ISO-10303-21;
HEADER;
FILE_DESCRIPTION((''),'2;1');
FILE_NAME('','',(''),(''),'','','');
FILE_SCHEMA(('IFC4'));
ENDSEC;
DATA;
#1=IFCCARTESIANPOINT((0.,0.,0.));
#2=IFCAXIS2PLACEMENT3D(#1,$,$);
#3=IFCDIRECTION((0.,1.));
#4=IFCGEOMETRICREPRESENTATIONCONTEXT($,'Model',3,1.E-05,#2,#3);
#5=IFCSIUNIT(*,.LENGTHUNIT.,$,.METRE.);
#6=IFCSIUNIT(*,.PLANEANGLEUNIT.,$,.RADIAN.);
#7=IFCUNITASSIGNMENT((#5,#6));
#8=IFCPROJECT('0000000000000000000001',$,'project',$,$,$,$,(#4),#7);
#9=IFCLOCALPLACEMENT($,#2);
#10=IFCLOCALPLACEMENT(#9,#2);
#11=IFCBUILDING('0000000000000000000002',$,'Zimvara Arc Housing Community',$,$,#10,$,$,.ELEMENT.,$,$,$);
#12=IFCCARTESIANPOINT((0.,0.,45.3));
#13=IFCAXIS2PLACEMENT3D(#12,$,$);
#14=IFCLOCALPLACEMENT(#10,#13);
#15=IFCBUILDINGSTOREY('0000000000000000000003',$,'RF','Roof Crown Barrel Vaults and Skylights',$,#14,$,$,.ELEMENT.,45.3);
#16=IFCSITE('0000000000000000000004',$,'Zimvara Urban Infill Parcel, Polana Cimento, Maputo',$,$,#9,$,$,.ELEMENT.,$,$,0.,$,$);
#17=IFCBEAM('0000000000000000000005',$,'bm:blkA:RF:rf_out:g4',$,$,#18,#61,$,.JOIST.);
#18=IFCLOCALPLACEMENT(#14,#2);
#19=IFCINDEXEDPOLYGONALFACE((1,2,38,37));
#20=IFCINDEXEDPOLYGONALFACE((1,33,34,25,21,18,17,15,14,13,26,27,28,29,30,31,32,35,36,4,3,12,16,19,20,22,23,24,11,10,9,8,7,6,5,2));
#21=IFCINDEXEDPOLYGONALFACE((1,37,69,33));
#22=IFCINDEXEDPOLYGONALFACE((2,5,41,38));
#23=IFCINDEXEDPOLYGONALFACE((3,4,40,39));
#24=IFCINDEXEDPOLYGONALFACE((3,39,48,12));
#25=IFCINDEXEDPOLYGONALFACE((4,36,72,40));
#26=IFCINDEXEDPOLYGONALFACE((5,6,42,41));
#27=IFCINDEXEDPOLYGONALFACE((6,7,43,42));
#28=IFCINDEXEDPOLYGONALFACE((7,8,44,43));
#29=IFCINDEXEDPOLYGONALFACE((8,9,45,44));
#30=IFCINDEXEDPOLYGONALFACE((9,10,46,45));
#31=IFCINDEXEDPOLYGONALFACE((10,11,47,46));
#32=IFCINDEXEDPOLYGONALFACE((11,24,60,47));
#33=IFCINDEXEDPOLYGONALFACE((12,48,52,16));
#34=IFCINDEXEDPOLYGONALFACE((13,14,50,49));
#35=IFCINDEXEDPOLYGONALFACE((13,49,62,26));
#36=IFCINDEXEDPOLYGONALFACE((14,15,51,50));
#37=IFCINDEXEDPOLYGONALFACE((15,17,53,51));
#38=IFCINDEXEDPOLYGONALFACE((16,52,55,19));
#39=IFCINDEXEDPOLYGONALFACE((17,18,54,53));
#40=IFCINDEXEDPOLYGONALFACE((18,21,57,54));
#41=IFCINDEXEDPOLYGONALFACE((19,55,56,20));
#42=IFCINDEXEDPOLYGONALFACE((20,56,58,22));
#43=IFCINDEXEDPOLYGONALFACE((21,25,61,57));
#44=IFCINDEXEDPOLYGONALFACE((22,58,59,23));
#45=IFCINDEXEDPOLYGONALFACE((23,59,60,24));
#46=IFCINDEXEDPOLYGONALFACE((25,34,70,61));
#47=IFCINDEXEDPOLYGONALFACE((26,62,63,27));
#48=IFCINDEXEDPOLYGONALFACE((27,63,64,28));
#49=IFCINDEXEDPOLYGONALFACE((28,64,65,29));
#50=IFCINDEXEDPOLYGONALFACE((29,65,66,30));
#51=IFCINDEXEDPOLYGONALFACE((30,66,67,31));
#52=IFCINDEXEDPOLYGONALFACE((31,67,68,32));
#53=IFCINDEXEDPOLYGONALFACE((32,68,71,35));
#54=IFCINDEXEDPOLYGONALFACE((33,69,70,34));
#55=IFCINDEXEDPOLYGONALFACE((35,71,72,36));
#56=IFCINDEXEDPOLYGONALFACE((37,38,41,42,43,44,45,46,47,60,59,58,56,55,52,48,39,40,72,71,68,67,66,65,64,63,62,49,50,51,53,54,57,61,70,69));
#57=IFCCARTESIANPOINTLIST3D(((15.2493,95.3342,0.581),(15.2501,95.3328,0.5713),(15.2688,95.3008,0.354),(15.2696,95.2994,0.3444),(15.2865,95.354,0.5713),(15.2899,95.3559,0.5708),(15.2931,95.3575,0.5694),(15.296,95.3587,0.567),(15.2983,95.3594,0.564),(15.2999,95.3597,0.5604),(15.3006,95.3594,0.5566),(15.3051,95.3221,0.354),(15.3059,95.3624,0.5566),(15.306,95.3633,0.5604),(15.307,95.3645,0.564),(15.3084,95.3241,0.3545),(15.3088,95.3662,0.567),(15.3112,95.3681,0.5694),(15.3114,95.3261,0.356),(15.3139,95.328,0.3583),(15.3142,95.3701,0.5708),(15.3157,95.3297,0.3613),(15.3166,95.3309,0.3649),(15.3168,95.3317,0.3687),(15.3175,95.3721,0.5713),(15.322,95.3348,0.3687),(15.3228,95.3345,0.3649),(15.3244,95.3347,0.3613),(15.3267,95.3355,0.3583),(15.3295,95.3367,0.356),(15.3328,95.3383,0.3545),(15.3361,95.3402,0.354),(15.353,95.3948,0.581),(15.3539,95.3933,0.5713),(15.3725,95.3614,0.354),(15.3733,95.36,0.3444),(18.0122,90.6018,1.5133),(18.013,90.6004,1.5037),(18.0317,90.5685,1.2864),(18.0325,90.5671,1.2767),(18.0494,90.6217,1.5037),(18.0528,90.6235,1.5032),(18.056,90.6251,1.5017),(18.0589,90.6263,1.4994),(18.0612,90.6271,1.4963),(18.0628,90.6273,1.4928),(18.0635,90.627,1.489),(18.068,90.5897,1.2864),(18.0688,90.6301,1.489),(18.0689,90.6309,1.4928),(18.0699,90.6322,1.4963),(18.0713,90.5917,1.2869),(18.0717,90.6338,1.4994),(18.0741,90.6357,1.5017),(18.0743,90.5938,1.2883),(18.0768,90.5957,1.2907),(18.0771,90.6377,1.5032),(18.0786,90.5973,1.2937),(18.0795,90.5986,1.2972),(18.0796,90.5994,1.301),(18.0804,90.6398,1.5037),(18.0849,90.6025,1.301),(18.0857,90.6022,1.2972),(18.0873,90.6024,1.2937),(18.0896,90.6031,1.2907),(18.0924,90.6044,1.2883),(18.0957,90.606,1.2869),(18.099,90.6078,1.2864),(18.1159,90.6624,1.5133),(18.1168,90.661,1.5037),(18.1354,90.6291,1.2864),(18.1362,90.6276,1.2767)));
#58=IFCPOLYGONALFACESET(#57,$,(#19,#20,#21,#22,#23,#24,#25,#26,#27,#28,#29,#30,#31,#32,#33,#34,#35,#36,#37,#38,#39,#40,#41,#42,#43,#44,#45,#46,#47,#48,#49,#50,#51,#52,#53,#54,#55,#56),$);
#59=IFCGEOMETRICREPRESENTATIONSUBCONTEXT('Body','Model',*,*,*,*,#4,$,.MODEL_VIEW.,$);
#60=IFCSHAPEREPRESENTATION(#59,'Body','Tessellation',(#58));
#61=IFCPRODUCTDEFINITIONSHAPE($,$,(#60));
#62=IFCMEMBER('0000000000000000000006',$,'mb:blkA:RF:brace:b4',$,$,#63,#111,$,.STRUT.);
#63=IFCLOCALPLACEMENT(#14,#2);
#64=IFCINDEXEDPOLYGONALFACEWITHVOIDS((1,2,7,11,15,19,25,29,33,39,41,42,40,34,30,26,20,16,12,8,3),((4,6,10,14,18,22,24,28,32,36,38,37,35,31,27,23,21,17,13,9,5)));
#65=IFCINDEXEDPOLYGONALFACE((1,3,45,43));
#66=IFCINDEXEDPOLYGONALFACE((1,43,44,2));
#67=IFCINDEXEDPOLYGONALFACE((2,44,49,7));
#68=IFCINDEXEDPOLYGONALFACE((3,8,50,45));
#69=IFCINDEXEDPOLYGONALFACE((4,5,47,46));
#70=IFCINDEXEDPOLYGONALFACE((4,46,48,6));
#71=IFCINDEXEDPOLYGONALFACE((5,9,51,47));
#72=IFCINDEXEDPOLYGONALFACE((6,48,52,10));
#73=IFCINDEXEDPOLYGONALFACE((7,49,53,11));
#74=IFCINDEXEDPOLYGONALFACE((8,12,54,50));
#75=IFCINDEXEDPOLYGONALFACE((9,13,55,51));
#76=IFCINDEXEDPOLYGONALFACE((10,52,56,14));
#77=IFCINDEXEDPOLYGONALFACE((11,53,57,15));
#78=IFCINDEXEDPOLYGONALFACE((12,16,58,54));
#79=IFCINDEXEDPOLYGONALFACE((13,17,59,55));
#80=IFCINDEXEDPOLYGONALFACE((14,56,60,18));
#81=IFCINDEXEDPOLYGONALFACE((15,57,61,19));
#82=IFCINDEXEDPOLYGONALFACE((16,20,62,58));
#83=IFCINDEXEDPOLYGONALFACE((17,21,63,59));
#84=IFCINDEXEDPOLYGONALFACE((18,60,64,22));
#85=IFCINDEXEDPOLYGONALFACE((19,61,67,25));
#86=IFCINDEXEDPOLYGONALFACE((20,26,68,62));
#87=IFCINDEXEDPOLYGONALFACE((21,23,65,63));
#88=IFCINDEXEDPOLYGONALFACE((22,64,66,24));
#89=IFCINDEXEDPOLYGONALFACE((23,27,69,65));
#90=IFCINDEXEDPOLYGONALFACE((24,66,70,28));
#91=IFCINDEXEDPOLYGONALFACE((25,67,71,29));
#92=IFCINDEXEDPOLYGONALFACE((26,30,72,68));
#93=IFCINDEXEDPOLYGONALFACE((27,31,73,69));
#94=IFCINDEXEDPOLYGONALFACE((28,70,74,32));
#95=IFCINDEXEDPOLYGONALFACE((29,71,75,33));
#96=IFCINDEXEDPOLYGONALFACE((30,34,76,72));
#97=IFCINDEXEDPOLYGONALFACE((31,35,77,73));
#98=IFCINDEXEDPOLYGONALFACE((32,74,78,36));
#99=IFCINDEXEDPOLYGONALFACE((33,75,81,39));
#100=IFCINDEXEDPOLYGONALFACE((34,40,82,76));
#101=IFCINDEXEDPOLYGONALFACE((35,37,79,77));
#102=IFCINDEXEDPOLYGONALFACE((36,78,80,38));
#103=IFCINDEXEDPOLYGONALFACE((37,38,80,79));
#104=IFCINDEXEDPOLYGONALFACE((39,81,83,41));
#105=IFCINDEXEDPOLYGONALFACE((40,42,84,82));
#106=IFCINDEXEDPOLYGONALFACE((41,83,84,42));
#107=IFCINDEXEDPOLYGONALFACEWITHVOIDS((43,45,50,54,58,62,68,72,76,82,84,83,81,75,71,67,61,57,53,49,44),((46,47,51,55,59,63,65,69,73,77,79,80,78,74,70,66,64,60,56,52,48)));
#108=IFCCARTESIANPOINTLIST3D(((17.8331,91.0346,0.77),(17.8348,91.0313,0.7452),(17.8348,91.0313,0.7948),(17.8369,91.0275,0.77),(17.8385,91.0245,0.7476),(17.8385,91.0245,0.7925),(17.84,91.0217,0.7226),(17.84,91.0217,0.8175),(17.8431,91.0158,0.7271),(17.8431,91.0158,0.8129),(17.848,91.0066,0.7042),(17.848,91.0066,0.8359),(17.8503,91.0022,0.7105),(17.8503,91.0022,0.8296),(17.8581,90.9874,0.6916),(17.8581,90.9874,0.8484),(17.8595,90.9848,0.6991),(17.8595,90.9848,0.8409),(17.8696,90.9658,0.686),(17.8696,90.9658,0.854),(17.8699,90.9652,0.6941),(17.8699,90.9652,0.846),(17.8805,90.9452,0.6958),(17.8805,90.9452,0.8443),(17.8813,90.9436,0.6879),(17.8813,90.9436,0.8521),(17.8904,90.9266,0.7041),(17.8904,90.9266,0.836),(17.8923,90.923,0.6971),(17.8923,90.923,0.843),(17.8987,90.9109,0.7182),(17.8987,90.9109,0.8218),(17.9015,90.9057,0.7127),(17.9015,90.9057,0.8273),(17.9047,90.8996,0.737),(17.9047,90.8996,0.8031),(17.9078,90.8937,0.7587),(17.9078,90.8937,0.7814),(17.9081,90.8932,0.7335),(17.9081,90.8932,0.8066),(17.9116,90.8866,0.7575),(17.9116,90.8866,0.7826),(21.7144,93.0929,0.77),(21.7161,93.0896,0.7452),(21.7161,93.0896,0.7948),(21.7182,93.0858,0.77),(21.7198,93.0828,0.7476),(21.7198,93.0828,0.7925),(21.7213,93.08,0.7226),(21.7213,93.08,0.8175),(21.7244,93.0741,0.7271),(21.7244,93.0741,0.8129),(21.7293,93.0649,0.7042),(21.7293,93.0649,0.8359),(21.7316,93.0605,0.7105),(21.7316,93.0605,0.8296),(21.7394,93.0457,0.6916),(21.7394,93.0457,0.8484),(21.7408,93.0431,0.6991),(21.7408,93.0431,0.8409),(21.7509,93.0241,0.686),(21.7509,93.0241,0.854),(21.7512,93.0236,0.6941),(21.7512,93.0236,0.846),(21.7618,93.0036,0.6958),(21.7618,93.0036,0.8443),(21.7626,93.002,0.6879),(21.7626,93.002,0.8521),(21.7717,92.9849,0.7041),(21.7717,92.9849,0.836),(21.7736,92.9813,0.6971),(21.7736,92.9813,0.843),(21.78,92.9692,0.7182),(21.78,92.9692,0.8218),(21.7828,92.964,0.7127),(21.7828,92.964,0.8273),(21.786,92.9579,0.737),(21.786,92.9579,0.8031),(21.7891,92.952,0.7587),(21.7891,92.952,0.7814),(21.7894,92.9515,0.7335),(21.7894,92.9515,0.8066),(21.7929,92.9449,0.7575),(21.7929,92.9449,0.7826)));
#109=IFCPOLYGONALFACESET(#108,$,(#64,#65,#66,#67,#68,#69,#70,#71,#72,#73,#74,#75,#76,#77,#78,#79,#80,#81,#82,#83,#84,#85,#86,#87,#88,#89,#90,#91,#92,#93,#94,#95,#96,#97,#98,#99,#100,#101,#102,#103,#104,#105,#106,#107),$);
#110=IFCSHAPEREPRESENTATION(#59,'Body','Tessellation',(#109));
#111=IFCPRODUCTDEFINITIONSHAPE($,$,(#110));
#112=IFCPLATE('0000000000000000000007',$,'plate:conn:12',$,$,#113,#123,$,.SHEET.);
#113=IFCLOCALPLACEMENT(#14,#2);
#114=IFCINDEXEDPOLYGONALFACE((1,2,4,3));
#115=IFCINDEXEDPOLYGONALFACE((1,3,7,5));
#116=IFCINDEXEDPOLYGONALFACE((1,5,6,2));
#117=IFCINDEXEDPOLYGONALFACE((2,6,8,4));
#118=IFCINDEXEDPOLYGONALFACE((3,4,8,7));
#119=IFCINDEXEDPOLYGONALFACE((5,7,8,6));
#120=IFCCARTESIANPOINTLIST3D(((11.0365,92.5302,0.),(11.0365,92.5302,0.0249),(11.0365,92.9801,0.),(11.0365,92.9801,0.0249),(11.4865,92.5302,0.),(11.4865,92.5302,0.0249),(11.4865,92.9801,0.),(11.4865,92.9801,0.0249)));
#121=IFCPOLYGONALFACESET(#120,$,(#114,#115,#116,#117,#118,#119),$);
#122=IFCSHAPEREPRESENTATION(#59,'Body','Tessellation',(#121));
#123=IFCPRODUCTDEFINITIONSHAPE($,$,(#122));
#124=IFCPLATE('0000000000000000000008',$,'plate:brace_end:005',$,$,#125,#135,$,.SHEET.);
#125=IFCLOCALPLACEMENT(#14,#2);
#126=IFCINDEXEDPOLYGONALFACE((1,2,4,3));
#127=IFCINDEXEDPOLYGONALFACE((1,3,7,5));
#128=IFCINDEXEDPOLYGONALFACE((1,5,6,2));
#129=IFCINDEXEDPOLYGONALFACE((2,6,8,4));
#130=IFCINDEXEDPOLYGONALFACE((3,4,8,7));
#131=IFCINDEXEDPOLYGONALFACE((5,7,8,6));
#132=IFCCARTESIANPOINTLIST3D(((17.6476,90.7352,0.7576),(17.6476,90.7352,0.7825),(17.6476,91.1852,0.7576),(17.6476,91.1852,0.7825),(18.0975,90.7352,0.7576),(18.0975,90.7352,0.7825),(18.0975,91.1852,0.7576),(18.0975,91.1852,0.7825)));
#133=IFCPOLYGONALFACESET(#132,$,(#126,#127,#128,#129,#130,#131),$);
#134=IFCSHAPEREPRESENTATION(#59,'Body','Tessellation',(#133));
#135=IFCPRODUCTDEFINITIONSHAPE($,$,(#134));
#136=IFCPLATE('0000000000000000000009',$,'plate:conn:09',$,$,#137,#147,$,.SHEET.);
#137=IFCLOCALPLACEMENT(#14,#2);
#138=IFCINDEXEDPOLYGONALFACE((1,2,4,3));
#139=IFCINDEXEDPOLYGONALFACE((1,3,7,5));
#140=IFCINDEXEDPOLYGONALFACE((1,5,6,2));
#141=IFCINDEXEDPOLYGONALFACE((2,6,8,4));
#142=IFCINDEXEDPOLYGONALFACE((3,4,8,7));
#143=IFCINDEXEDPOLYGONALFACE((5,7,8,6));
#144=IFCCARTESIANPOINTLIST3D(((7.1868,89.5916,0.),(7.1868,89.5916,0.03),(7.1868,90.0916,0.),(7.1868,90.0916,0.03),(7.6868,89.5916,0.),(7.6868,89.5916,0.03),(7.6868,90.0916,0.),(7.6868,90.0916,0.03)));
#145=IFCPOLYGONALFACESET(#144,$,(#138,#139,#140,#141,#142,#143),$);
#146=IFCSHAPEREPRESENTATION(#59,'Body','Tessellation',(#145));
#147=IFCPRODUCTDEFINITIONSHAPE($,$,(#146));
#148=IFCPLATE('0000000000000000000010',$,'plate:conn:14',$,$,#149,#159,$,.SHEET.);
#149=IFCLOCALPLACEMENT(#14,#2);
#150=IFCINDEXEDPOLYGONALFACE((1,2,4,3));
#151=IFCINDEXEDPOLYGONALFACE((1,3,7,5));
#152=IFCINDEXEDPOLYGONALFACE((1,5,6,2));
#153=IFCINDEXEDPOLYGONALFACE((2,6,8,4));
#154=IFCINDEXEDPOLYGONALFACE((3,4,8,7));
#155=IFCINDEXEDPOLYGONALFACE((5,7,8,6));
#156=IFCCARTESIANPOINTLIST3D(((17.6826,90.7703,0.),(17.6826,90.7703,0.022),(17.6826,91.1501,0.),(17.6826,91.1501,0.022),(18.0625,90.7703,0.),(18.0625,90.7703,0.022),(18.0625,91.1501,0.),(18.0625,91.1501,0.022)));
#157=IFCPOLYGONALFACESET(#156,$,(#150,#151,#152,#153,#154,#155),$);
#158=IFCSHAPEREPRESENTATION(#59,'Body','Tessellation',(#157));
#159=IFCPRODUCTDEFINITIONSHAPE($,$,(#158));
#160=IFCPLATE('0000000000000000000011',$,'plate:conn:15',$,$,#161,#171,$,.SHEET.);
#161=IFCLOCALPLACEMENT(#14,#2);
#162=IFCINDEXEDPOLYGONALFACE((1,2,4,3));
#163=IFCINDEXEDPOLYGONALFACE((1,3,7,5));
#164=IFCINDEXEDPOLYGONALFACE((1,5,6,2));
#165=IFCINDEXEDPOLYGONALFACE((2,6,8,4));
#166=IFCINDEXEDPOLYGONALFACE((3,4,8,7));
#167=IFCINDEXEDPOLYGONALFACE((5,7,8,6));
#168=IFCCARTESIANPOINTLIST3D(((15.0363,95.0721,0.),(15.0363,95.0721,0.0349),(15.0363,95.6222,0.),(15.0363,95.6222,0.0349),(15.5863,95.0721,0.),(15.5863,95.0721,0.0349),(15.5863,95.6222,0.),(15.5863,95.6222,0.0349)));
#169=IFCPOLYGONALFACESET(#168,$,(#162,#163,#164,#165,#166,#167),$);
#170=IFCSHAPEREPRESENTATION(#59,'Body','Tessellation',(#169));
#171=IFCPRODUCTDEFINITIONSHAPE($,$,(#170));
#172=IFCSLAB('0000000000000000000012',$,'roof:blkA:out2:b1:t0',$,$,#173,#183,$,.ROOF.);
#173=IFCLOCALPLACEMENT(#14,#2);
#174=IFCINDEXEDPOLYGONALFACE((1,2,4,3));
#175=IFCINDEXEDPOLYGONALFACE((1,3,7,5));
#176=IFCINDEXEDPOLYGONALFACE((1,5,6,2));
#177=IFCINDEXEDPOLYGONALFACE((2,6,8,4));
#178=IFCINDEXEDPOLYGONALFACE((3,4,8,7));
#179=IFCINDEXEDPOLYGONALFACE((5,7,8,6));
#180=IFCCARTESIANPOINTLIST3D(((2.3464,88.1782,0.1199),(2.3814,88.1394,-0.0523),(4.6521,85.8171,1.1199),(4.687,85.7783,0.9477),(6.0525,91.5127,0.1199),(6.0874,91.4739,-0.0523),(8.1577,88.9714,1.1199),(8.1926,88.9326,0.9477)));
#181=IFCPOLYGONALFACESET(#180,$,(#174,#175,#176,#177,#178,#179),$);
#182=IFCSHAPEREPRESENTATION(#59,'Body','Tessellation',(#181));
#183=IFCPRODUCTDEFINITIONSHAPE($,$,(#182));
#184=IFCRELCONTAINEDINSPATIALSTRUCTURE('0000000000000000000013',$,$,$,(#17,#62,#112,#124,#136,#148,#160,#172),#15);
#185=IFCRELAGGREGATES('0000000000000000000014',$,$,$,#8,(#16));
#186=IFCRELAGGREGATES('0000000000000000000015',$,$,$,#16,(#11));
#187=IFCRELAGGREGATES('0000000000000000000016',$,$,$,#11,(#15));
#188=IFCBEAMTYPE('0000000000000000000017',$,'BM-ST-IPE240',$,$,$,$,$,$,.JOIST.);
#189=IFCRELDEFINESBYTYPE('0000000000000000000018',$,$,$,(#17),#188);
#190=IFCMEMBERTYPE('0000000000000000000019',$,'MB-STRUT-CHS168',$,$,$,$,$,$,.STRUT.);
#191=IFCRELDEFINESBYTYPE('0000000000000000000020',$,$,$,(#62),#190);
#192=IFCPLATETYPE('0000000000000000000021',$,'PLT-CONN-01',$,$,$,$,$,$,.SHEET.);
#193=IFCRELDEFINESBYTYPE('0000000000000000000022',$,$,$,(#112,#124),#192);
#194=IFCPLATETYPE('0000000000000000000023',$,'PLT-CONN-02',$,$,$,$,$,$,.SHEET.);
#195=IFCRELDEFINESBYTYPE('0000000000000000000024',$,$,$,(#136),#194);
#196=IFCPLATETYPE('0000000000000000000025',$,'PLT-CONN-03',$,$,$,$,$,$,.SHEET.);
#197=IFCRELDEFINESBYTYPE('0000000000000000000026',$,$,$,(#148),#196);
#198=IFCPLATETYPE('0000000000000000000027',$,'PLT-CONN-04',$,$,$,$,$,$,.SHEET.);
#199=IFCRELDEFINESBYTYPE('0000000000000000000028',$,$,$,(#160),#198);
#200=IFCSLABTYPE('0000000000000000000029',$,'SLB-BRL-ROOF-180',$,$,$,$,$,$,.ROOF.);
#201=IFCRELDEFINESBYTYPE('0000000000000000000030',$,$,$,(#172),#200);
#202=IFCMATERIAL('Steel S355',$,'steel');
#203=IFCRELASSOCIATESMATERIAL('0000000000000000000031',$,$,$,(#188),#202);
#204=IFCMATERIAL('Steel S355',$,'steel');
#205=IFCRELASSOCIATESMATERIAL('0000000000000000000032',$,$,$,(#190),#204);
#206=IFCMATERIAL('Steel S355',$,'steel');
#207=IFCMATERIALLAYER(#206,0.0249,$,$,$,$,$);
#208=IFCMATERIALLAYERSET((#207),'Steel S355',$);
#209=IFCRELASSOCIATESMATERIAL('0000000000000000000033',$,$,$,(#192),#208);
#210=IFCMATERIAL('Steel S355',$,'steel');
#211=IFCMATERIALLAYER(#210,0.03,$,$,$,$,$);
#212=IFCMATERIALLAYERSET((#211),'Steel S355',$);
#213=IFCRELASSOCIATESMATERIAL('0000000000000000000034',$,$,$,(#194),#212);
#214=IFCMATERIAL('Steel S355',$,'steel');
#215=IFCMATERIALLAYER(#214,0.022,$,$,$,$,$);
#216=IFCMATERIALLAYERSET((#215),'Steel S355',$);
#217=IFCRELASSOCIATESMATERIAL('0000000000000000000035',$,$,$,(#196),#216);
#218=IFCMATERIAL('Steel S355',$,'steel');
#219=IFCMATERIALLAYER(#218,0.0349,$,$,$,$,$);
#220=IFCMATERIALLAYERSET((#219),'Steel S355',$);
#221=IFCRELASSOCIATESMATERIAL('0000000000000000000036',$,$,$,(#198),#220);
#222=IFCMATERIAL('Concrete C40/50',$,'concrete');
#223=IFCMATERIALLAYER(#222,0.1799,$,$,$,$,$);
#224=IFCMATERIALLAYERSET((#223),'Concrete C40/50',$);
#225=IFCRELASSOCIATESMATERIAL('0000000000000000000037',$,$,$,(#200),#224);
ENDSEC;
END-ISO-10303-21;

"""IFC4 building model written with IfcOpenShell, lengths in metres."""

from ifc_helpers import new_model, si_unit, direction, frame, origin, origin_2d, place, context, subcontext, project, spatial, polyline, rectangle, hollow_circle, i_section, outline, extrude, material, layer, layer_set, material_profile, profile_set, type_object, element, save


model = new_model("IFC4")

# Units and contexts
model_context = context("Model", 3, precision=1e-05, world=origin(), true_north=direction((0.0, 1.0)))
body_context = subcontext(model_context, "Body", "Model", "MODEL_VIEW")
ifc_project = project(units=[si_unit("LENGTHUNIT", "METRE"), si_unit("PLANEANGLEUNIT", "RADIAN")], contexts=[model_context])

# Site, building, storey
site_placement = place(None, origin())
site = spatial("IfcSite", under=ifc_project, at=site_placement, Name="Zimvara Urban Infill Parcel, Polana Cimento, Maputo", CompositionType="ELEMENT", RefElevation=0.0)
building_placement = place(site_placement, origin())
building = spatial("IfcBuilding", under=site, at=building_placement, Name="Zimvara Arc Housing Community", CompositionType="ELEMENT")
storey_placement = place(building_placement, frame((0.0, 0.0, 45.3)))
storey = spatial("IfcBuildingStorey", under=building, at=storey_placement, Name="RF", Description="Roof Crown Barrel Vaults and Skylights", CompositionType="ELEMENT", Elevation=45.3)

# Beam
ifc_material_1 = material(Name="Steel S355", Category="steel")
ifc_material_profile_1 = material_profile(ifc_material_1, i_section(OverallWidth=0.1201, OverallDepth=0.24, WebThickness=0.0061, FlangeThickness=0.0098, FilletRadius=0.0149, at=origin_2d()), Name="IPE 240")
ifc_profile_set_1 = profile_set([ifc_material_profile_1], Name="Steel S355")
beam_type_1 = type_object("IfcBeamType", Name="BM-ST-IPE240", PredefinedType="JOIST", material=ifc_profile_set_1)
beam_1_placement = place(storey_placement, frame((18.0742, 90.6147, 1.395), z_axis=(-0.497049, 0.851356, -0.167733), x_axis=(-0.863591, -0.504192, 0.0)))
element("IfcBeam", 1, at=beam_1_placement, inside=storey, type_object=beam_type_1, Name="bm:blkA:RF:rf_out:g4", PredefinedType="JOIST", context=body_context, shape_type="SweptSolid", body=[
    extrude(i_section(OverallWidth=0.1201, OverallDepth=0.24, WebThickness=0.0061, FlangeThickness=0.0098, FilletRadius=0.0149, at=origin_2d()), origin(), (0.0, 0.0, 1.0), 5.5586),
])

# Member
ifc_material_2 = material(Name="Steel S355", Category="steel")
ifc_material_profile_2 = material_profile(ifc_material_2, hollow_circle(Radius=0.0842, WallThickness=0.0081, at=origin_2d()), Name="CHS 168.3x8.0")
ifc_profile_set_2 = profile_set([ifc_material_profile_2], Name="Steel S355")
member_type = type_object("IfcMemberType", Name="MB-STRUT-CHS168", PredefinedType="STRUT", material=ifc_profile_set_2)
member_placement = place(storey_placement, frame((17.8726, 90.9602, 0.77), z_axis=(0.883457, 0.468513, 0.0), x_axis=(-0.468513, 0.883457, 0.0)))
element("IfcMember", 2, at=member_placement, inside=storey, type_object=member_type, Name="mb:blkA:RF:brace:b4", PredefinedType="STRUT", context=body_context, shape_type="SweptSolid", body=[
    extrude(hollow_circle(Radius=0.0842, WallThickness=0.0081, at=origin_2d()), origin(), (0.0, 0.0, 1.0), 4.3933),
])

# Plates
ifc_material_3 = material(Name="Steel S355", Category="steel")
ifc_layer_1 = layer(ifc_material_3, 0.0249)
ifc_layer_set_1 = layer_set([ifc_layer_1], Name="Steel S355")
plate_type_1 = type_object("IfcPlateType", Name="PLT-CONN-01", PredefinedType="SHEET", material=ifc_layer_set_1)
for number, where, z_axis, x_axis, name in (
    (3, (11.2615, 92.7551, 0.0), (0.0, 0.0, 1.0), (1.0, 0.0, 0.0), "plate:conn:12"),
    (4, (17.8726, 90.9602, 0.7576), (0.0, 0.0, 1.0), (1.0, 0.0, 0.0), "plate:brace_end:005"),
):
    element("IfcPlate", number, at=place(storey_placement, frame(where, z_axis=z_axis, x_axis=x_axis)), inside=storey, type_object=plate_type_1, Name=name, PredefinedType="SHEET", context=body_context, shape_type="SweptSolid", body=[
        extrude(rectangle(XDim=0.45, YDim=0.45, at=origin_2d()), origin(), (0.0, 0.0, 1.0), 0.0249),
    ])
ifc_material_4 = material(Name="Steel S355", Category="steel")
ifc_layer_2 = layer(ifc_material_4, 0.03)
ifc_layer_set_2 = layer_set([ifc_layer_2], Name="Steel S355")
plate_type_2 = type_object("IfcPlateType", Name="PLT-CONN-02", PredefinedType="SHEET", material=ifc_layer_set_2)
plate_1_placement = place(storey_placement, frame((7.4368, 89.8416, 0.0), z_axis=(0.0, 0.0, 1.0), x_axis=(1.0, 0.0, 0.0)))
element("IfcPlate", 5, at=plate_1_placement, inside=storey, type_object=plate_type_2, Name="plate:conn:09", PredefinedType="SHEET", context=body_context, shape_type="SweptSolid", body=[
    extrude(rectangle(XDim=0.5, YDim=0.5, at=origin_2d()), origin(), (0.0, 0.0, 1.0), 0.03),
])
ifc_material_5 = material(Name="Steel S355", Category="steel")
ifc_layer_3 = layer(ifc_material_5, 0.022)
ifc_layer_set_3 = layer_set([ifc_layer_3], Name="Steel S355")
plate_type_3 = type_object("IfcPlateType", Name="PLT-CONN-03", PredefinedType="SHEET", material=ifc_layer_set_3)
plate_2_placement = place(storey_placement, frame((17.8726, 90.9602, 0.0), z_axis=(0.0, 0.0, 1.0), x_axis=(1.0, 0.0, 0.0)))
element("IfcPlate", 6, at=plate_2_placement, inside=storey, type_object=plate_type_3, Name="plate:conn:14", PredefinedType="SHEET", context=body_context, shape_type="SweptSolid", body=[
    extrude(rectangle(XDim=0.3799, YDim=0.3799, at=origin_2d()), origin(), (0.0, 0.0, 1.0), 0.022),
])
ifc_material_6 = material(Name="Steel S355", Category="steel")
ifc_layer_4 = layer(ifc_material_6, 0.0349)
ifc_layer_set_4 = layer_set([ifc_layer_4], Name="Steel S355")
plate_type_4 = type_object("IfcPlateType", Name="PLT-CONN-04", PredefinedType="SHEET", material=ifc_layer_set_4)
plate_3_placement = place(storey_placement, frame((15.3113, 95.3472, 0.0), z_axis=(0.0, 0.0, 1.0), x_axis=(1.0, 0.0, 0.0)))
element("IfcPlate", 7, at=plate_3_placement, inside=storey, type_object=plate_type_4, Name="plate:conn:15", PredefinedType="SHEET", context=body_context, shape_type="SweptSolid", body=[
    extrude(rectangle(XDim=0.55, YDim=0.55, at=origin_2d()), origin(), (0.0, 0.0, 1.0), 0.0349),
])

# Slab
ifc_material_7 = material(Name="Concrete C40/50", Category="concrete")
ifc_layer_5 = layer(ifc_material_7, 0.1799)
ifc_layer_set_5 = layer_set([ifc_layer_5], Name="Concrete C40/50")
slab_type = type_object("IfcSlabType", Name="SLB-BRL-ROOF-180", PredefinedType="ROOF", material=ifc_layer_set_5)
slab_1_placement = place(storey_placement, frame((6.0525, 91.5127, 0.1199), z_axis=(-0.194121, 0.215748, 0.956959), x_axis=(-0.743391, -0.668857, -0.000004)))
element("IfcSlab", 8, at=slab_1_placement, inside=storey, type_object=slab_type, Name="roof:blkA:out2:b1:t0", PredefinedType="ROOF", context=body_context, shape_type="SweptSolid", body=[
    extrude(outline(polyline([(0.0, 0.0), (4.9853, 0.0), (4.8505, 3.4457), (0.1347, 3.4456), (0.0, 0.0)])), origin(), (0.0, 0.0, -1.0), 0.1799),
])

save(model, "model.ifc")
